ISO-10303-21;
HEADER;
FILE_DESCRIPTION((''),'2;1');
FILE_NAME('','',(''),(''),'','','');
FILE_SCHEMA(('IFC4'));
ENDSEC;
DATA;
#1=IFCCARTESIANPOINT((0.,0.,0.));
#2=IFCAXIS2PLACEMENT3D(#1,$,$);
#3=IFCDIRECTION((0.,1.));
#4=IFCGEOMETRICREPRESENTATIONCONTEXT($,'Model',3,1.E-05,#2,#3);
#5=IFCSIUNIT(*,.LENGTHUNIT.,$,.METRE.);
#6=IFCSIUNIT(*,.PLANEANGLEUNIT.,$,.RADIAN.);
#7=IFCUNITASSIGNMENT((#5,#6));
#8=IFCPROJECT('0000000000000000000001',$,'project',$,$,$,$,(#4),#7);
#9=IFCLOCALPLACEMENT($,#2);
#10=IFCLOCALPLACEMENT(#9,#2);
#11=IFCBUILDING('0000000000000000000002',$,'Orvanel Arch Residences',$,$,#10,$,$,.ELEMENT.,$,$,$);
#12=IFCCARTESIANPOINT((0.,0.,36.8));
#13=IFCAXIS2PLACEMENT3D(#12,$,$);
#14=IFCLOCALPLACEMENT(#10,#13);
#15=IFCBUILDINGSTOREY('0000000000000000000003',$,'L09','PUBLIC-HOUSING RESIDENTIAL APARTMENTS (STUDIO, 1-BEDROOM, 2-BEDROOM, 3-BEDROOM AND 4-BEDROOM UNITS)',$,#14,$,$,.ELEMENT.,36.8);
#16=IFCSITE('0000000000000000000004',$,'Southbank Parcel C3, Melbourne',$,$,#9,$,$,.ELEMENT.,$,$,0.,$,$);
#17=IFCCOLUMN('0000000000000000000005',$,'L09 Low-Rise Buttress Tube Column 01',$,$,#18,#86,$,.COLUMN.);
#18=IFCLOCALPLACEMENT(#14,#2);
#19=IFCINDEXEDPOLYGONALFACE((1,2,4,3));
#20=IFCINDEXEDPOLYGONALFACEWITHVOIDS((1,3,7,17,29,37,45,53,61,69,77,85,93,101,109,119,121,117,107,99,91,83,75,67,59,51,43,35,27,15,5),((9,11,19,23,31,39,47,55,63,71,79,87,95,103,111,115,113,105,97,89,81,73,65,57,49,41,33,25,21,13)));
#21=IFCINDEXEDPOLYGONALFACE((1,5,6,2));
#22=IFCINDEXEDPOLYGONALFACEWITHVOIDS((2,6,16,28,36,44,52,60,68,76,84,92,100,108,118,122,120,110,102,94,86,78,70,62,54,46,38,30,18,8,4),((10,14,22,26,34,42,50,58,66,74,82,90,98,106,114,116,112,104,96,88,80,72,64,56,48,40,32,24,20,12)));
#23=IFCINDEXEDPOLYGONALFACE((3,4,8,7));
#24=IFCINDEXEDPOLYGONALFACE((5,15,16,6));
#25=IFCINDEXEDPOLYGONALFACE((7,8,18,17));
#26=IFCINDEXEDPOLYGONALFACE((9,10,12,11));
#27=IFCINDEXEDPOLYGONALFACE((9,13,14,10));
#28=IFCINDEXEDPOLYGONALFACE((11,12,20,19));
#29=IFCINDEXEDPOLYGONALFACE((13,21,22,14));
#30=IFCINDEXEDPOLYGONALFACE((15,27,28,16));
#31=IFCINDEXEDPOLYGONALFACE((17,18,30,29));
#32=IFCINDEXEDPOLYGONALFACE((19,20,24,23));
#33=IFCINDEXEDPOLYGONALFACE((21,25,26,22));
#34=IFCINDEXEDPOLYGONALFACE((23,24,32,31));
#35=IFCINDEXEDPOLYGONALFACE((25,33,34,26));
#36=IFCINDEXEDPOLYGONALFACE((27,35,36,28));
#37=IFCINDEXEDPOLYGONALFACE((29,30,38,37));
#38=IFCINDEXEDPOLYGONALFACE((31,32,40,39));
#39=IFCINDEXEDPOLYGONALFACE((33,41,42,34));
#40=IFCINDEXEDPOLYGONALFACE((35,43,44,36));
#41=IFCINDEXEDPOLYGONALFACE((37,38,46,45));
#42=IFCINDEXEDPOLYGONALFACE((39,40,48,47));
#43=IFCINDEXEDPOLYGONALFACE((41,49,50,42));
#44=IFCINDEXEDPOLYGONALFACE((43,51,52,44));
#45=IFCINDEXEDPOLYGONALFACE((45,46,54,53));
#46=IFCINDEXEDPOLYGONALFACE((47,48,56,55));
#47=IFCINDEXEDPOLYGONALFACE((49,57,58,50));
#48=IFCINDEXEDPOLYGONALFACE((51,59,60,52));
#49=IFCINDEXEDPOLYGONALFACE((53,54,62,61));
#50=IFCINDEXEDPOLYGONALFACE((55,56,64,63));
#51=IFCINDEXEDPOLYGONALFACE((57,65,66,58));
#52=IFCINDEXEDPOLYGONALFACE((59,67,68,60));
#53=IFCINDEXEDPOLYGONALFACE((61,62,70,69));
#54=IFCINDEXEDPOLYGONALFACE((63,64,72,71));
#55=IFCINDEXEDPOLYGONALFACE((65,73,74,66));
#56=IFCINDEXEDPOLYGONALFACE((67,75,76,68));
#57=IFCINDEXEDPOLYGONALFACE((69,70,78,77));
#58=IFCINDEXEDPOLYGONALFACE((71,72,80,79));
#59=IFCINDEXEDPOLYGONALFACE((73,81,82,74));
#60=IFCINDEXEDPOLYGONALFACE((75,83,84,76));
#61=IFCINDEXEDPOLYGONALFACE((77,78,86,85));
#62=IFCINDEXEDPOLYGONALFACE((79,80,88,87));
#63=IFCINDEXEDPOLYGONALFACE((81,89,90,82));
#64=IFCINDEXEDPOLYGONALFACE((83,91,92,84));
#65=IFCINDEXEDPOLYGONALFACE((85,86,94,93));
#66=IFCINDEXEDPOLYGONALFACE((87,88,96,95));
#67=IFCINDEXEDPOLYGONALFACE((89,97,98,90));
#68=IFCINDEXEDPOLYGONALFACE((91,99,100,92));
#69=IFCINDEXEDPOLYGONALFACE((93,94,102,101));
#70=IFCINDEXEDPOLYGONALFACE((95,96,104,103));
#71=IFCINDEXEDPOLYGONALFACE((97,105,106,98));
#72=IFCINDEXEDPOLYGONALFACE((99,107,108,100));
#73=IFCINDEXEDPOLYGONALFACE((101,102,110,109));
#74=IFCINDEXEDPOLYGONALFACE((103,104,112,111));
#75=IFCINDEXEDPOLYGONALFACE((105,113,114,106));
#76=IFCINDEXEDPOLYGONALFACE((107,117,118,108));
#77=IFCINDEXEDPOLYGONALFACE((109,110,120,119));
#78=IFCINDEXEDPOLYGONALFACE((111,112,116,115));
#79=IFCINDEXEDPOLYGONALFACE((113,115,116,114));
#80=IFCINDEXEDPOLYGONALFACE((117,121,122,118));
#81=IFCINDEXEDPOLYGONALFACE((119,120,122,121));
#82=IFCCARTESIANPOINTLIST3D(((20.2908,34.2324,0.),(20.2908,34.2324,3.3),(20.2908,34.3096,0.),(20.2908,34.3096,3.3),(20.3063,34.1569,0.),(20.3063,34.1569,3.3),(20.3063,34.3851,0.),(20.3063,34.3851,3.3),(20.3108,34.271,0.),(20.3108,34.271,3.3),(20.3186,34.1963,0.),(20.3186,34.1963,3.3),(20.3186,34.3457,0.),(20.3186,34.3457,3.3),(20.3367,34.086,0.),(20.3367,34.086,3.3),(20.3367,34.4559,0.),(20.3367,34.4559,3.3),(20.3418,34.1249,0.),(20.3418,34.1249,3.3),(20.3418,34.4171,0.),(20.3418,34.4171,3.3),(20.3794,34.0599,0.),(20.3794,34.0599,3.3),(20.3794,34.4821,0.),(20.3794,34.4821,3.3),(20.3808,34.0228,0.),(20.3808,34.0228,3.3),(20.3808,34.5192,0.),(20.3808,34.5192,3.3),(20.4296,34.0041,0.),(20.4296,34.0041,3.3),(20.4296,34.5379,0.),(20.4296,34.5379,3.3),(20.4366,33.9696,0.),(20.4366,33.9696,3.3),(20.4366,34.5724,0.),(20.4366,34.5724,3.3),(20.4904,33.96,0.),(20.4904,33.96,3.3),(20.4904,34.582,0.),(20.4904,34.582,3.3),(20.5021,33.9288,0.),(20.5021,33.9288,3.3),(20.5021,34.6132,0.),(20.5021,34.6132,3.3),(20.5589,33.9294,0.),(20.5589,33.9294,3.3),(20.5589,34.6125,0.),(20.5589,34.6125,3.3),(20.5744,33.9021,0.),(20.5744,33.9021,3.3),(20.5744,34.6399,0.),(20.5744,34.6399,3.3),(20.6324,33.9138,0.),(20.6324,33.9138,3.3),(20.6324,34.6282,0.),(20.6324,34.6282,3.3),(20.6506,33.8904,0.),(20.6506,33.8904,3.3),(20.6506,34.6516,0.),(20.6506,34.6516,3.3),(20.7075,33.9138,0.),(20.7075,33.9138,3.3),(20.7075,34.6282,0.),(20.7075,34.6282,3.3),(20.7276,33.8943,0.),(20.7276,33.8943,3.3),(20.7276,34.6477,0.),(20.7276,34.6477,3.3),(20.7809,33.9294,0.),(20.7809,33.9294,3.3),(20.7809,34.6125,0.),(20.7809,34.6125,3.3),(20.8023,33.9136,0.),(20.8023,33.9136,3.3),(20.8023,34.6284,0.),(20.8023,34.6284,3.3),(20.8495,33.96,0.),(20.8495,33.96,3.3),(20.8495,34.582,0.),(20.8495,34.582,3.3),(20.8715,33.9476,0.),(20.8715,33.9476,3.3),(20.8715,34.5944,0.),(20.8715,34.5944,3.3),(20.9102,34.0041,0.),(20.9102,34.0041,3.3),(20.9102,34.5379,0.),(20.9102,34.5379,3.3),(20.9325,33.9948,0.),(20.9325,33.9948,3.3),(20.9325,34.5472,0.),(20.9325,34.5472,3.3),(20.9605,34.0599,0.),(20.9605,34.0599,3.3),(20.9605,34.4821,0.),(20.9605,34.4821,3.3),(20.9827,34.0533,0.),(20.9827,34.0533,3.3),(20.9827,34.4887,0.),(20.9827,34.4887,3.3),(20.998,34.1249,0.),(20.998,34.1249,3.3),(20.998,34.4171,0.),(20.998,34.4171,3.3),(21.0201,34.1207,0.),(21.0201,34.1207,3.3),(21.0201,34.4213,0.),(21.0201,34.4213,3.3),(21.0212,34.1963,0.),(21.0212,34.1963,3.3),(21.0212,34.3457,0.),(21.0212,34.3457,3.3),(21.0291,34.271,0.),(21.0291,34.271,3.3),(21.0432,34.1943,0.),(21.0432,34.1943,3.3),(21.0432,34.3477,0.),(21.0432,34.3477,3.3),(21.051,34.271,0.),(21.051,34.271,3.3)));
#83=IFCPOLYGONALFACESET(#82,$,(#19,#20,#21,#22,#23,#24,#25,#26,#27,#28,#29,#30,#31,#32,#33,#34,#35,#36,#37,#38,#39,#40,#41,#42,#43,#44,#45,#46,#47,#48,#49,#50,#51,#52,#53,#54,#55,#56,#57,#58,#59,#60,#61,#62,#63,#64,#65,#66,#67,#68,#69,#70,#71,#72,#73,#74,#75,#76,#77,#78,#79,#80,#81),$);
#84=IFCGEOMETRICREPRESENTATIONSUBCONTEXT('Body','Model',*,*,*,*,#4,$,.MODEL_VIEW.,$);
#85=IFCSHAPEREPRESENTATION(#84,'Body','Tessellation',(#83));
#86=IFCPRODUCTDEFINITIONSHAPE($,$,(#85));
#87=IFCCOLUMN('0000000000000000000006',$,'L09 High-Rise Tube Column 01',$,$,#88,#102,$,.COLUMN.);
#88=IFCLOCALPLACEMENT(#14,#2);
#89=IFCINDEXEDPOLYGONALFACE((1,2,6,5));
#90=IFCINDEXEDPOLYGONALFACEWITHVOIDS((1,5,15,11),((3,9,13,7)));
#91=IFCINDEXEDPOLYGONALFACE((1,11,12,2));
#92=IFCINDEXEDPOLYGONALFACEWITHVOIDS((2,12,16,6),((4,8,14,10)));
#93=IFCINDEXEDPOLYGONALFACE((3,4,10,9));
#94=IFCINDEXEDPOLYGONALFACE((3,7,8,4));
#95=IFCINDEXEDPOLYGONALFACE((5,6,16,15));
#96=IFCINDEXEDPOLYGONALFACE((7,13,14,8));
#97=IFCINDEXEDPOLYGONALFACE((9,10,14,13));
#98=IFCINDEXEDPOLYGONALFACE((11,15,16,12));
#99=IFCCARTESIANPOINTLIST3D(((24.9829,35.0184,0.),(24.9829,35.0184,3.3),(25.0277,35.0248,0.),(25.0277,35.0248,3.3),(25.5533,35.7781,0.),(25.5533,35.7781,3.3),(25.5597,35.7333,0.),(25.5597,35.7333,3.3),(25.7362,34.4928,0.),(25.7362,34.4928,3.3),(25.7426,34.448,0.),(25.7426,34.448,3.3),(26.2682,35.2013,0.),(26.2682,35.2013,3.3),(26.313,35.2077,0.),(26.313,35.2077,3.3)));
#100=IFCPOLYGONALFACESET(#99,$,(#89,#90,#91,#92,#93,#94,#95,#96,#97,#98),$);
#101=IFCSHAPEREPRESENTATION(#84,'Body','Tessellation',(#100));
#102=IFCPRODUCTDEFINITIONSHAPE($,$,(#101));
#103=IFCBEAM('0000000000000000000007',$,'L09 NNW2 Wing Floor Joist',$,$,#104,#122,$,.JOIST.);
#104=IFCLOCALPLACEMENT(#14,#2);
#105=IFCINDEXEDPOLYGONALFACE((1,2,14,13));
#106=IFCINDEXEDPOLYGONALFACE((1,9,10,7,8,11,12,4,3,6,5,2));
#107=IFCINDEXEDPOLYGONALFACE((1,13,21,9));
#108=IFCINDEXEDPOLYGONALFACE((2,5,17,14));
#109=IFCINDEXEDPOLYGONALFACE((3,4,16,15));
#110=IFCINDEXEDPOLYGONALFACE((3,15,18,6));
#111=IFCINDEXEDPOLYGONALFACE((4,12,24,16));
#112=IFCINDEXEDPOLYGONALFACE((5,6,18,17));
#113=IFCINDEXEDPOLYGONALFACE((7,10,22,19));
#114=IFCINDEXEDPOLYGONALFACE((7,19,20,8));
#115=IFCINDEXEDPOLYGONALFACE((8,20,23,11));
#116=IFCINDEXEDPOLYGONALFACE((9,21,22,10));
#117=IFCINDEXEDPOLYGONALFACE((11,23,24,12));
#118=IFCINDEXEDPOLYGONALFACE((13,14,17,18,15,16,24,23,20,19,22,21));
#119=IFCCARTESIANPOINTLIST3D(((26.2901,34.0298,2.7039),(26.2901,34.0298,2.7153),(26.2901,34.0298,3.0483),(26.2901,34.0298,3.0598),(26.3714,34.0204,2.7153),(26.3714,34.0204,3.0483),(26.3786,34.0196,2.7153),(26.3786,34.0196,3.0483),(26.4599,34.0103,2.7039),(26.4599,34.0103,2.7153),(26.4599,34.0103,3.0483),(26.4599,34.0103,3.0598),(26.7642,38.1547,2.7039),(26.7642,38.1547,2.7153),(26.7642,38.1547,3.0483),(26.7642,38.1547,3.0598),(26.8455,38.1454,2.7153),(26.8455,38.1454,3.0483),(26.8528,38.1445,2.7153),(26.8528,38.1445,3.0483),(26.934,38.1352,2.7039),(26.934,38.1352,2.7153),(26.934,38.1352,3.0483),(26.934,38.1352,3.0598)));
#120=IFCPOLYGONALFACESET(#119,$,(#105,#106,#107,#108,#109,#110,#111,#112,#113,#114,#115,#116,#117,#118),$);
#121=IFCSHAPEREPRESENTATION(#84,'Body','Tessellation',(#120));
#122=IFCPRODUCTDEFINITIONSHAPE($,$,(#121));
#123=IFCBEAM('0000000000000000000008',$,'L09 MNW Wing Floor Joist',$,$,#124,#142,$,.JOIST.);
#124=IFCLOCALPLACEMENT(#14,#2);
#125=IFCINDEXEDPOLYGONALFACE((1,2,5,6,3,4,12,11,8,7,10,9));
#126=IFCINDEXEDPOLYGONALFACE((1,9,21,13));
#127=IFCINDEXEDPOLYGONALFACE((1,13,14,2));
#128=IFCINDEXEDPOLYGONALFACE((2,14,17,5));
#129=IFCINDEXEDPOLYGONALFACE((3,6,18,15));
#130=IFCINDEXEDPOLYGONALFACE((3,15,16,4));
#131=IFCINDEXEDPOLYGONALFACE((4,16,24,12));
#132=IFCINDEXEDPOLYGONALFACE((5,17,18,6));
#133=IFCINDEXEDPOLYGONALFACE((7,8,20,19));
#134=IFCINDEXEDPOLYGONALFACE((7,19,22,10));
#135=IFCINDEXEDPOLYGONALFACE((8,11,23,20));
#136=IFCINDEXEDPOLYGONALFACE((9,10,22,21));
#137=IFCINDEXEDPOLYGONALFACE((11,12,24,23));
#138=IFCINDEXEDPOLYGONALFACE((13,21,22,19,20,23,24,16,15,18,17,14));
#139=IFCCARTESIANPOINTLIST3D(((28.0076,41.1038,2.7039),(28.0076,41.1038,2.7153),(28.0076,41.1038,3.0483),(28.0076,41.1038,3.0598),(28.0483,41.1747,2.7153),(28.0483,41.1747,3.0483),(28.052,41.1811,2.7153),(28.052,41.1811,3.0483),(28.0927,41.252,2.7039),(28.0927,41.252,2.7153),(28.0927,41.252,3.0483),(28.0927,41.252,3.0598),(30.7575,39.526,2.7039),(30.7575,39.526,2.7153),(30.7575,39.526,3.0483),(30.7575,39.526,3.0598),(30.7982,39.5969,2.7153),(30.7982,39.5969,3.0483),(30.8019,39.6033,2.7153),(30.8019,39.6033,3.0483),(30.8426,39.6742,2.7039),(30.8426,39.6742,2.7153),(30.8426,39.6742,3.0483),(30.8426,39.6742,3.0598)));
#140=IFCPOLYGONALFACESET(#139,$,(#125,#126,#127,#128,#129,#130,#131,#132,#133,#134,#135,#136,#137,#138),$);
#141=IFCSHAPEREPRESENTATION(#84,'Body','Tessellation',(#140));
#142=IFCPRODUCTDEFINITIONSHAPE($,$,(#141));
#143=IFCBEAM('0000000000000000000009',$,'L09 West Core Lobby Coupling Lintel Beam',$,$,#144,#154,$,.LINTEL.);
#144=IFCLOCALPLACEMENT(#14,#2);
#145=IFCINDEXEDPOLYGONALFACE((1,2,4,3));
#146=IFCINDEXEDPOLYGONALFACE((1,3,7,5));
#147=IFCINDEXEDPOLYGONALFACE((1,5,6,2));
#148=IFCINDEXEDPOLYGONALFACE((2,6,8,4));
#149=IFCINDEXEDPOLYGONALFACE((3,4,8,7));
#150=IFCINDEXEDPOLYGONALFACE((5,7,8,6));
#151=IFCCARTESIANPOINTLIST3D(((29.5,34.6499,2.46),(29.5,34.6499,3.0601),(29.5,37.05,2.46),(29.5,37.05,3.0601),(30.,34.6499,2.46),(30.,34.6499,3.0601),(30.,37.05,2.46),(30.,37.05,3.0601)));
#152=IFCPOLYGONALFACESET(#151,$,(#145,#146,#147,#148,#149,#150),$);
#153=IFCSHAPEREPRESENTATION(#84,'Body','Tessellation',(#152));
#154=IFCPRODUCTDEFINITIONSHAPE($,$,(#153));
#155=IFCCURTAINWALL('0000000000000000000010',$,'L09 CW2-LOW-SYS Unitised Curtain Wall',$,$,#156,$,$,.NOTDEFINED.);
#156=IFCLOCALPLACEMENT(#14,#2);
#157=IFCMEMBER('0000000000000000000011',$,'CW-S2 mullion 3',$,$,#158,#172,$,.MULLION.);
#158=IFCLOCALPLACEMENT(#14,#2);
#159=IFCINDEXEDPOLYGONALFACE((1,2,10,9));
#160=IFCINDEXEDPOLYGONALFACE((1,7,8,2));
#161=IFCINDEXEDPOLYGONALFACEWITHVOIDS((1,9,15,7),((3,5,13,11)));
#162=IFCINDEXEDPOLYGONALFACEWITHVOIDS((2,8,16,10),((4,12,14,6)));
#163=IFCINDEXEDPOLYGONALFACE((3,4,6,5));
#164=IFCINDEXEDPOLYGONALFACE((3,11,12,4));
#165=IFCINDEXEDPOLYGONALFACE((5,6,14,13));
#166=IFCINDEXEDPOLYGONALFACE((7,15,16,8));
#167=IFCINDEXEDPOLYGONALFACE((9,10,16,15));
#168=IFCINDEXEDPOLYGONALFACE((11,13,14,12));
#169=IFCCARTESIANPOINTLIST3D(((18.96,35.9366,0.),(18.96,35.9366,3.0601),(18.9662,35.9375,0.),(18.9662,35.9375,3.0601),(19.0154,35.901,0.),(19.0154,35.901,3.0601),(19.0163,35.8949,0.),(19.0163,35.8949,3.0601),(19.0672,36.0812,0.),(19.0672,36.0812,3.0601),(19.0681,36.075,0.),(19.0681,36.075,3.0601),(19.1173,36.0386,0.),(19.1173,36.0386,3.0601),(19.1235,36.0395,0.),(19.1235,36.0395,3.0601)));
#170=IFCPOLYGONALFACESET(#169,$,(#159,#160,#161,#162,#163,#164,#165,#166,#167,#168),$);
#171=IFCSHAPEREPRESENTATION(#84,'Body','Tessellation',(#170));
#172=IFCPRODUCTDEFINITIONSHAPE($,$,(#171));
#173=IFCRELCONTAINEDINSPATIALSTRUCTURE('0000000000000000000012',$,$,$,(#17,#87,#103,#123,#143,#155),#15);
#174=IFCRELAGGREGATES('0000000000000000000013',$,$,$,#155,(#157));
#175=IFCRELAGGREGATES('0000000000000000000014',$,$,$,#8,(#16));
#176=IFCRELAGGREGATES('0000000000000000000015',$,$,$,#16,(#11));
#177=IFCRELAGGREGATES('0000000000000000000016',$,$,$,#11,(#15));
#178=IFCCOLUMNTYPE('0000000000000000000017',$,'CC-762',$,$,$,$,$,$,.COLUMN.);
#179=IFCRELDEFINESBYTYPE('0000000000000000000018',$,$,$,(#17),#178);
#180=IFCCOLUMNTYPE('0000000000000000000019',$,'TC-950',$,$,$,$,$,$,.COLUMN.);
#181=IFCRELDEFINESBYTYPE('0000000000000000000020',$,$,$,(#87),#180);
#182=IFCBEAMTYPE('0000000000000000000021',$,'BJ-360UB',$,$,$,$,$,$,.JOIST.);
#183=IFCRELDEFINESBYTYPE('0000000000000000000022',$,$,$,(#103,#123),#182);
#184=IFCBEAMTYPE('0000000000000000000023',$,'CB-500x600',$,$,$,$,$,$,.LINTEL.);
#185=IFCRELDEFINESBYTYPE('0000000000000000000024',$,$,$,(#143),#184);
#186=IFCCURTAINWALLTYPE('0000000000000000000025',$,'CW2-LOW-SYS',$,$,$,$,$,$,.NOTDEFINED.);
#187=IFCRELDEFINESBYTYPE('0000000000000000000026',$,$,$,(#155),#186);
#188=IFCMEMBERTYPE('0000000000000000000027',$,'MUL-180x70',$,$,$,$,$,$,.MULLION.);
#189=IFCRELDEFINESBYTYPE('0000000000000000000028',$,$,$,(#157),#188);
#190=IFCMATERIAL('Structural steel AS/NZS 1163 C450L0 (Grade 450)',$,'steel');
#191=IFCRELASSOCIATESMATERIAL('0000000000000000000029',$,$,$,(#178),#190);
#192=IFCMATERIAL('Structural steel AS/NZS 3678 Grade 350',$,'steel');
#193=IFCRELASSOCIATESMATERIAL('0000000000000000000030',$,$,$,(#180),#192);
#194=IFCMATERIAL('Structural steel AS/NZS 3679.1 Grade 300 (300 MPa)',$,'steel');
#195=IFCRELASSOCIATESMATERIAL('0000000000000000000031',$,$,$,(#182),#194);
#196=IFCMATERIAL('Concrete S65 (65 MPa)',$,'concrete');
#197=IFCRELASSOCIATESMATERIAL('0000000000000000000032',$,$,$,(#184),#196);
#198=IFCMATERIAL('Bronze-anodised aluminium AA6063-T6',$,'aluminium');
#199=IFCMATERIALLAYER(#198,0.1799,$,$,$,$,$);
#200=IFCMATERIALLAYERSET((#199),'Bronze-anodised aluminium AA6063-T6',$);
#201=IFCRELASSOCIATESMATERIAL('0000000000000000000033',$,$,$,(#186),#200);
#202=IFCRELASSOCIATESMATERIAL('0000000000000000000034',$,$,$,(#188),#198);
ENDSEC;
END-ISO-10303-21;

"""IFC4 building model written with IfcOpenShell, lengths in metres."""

from ifc_helpers import new_model, si_unit, direction, frame, origin, origin_2d, place, context, subcontext, project, spatial, rectangle, hollow_rectangle, hollow_circle, i_section, extrude, material, layer, layer_set, material_profile, profile_set, type_object, element, aggregate, save


model = new_model("IFC4")

# Units and contexts
model_context = context("Model", 3, precision=1e-05, world=origin(), true_north=direction((0.0, 1.0)))
body_context = subcontext(model_context, "Body", "Model", "MODEL_VIEW")
ifc_project = project(units=[si_unit("LENGTHUNIT", "METRE"), si_unit("PLANEANGLEUNIT", "RADIAN")], contexts=[model_context])

# Site, building, storey
site_placement = place(None, origin())
site = spatial("IfcSite", under=ifc_project, at=site_placement, Name="Southbank Parcel C3, Melbourne", CompositionType="ELEMENT", RefElevation=0.0)
building_placement = place(site_placement, origin())
building = spatial("IfcBuilding", under=site, at=building_placement, Name="Orvanel Arch Residences", CompositionType="ELEMENT")
storey_placement = place(building_placement, frame((0.0, 0.0, 36.8)))
storey = spatial("IfcBuildingStorey", under=building, at=storey_placement, Name="L09", Description="PUBLIC-HOUSING RESIDENTIAL APARTMENTS (STUDIO, 1-BEDROOM, 2-BEDROOM, 3-BEDROOM AND 4-BEDROOM UNITS)", CompositionType="ELEMENT", Elevation=36.8)

# Columns
ifc_material_1 = material(Name="Structural steel AS/NZS 1163 C450L0 (Grade 450)", Category="steel")
ifc_material_profile_1 = material_profile(ifc_material_1, hollow_circle(Radius=0.3811, WallThickness=0.022, at=origin_2d()), Name="CHS762x22")
ifc_profile_set_1 = profile_set([ifc_material_profile_1], Name="Structural steel AS/NZS 1163 C450L0 (Grade 450)")
column_type_1 = type_object("IfcColumnType", Name="CC-762", PredefinedType="COLUMN", material=ifc_profile_set_1)
column_1_placement = place(storey_placement, frame((20.6699, 34.271, 0.0), z_axis=(0.0, 0.0, 1.0), x_axis=(1.0, 0.0, 0.0)))
element("IfcColumn", 1, at=column_1_placement, inside=storey, type_object=column_type_1, Name="L09 Low-Rise Buttress Tube Column 01", PredefinedType="COLUMN", context=body_context, shape_type="SweptSolid", body=[
    extrude(hollow_circle(Radius=0.3811, WallThickness=0.022, at=origin_2d()), origin(), (0.0, 0.0, 1.0), 3.3),
])
ifc_material_2 = material(Name="Structural steel AS/NZS 3678 Grade 350", Category="steel")
ifc_material_profile_2 = material_profile(ifc_material_2, hollow_rectangle(XDim=0.95, YDim=0.95, WallThickness=0.032, at=origin_2d()), Name="BOX950x950x32")
ifc_profile_set_2 = profile_set([ifc_material_profile_2], Name="Structural steel AS/NZS 3678 Grade 350")
column_type_2 = type_object("IfcColumnType", Name="TC-950", PredefinedType="COLUMN", material=ifc_profile_set_2)
column_2_placement = place(storey_placement, frame((25.6479, 35.113, 0.0), z_axis=(0.0, 0.0, 1.0), x_axis=(0.60042, 0.799685, 0.0)))
element("IfcColumn", 2, at=column_2_placement, inside=storey, type_object=column_type_2, Name="L09 High-Rise Tube Column 01", PredefinedType="COLUMN", context=body_context, shape_type="SweptSolid", body=[
    extrude(hollow_rectangle(XDim=0.95, YDim=0.95, WallThickness=0.032, at=origin_2d()), origin(), (0.0, 0.0, 1.0), 3.3),
])

# Beams
ifc_material_3 = material(Name="Structural steel AS/NZS 3679.1 Grade 300 (300 MPa)", Category="steel")
ifc_material_profile_3 = material_profile(ifc_material_3, i_section(OverallWidth=0.1709, OverallDepth=0.356, WebThickness=0.0073, FlangeThickness=0.0115, at=origin_2d()), Name="360UB50.7")
ifc_profile_set_3 = profile_set([ifc_material_profile_3], Name="Structural steel AS/NZS 3679.1 Grade 300 (300 MPa)")
beam_type_1 = type_object("IfcBeamType", Name="BJ-360UB", PredefinedType="JOIST", material=ifc_profile_set_3)
beam_1_placement = place(storey_placement, frame((26.375, 34.02, 2.8818), z_axis=(0.114187, 0.993459, 0.0), x_axis=(-0.993459, 0.114187, 0.0)))
element("IfcBeam", 3, at=beam_1_placement, inside=storey, type_object=beam_type_1, Name="L09 NNW2 Wing Floor Joist", PredefinedType="JOIST", context=body_context, shape_type="SweptSolid", body=[
    extrude(i_section(OverallWidth=0.1709, OverallDepth=0.356, WebThickness=0.0073, FlangeThickness=0.0115, at=origin_2d()), origin(), (0.0, 0.0, 1.0), 4.1521),
])
beam_2_placement = place(storey_placement, frame((30.8, 39.6001, 2.8818), z_axis=(-0.867365, 0.497672, 0.0), x_axis=(-0.497672, -0.867365, 0.0)))
element("IfcBeam", 4, at=beam_2_placement, inside=storey, type_object=beam_type_1, Name="L09 MNW Wing Floor Joist", PredefinedType="JOIST", context=body_context, shape_type="SweptSolid", body=[
    extrude(i_section(OverallWidth=0.1709, OverallDepth=0.356, WebThickness=0.0073, FlangeThickness=0.0115, at=origin_2d()), origin(), (0.0, 0.0, 1.0), 3.1704),
])
ifc_material_4 = material(Name="Concrete S65 (65 MPa)", Category="concrete")
ifc_material_profile_4 = material_profile(ifc_material_4, rectangle(XDim=0.5, YDim=0.6001, at=origin_2d()), Name="RC500x600")
ifc_profile_set_4 = profile_set([ifc_material_profile_4], Name="Concrete S65 (65 MPa)")
beam_type_2 = type_object("IfcBeamType", Name="CB-500x600", PredefinedType="LINTEL", material=ifc_profile_set_4)
beam_3_placement = place(storey_placement, frame((29.75, 34.6499, 2.76), z_axis=(0.0, 1.0, 0.0), x_axis=(-1.0, 0.0, 0.0)))
element("IfcBeam", 5, at=beam_3_placement, inside=storey, type_object=beam_type_2, Name="L09 West Core Lobby Coupling Lintel Beam", PredefinedType="LINTEL", context=body_context, shape_type="SweptSolid", body=[
    extrude(rectangle(XDim=0.5, YDim=0.6001, at=origin_2d()), origin(), (0.0, 0.0, 1.0), 2.4001),
])

# Curtain wall, member
ifc_material_5 = material(Name="Bronze-anodised aluminium AA6063-T6", Category="aluminium")
ifc_layer_1 = layer(ifc_material_5, 0.1799)
ifc_layer_set_1 = layer_set([ifc_layer_1], Name="Bronze-anodised aluminium AA6063-T6")
curtain_wall_type = type_object("IfcCurtainWallType", Name="CW2-LOW-SYS", PredefinedType="NOTDEFINED", material=ifc_layer_set_1)
curtain_wall_placement = place(storey_placement, origin())
curtain_wall = element("IfcCurtainWall", 6, at=curtain_wall_placement, inside=storey, type_object=curtain_wall_type, Name="L09 CW2-LOW-SYS Unitised Curtain Wall", PredefinedType="NOTDEFINED")
ifc_material_profile_5 = material_profile(ifc_material_5, hollow_rectangle(XDim=0.0701, YDim=0.1799, WallThickness=0.0044, at=origin_2d()), Name="ALU180x70x4.5")
ifc_profile_set_5 = profile_set([ifc_material_profile_5], Name="Bronze-anodised aluminium AA6063-T6")
member_type_1 = type_object("IfcMemberType", Name="MUL-180x70", PredefinedType="MULLION", material=ifc_profile_set_5)
member_1_placement = place(storey_placement, frame((19.0417, 35.988, 0.0), z_axis=(0.0, 0.0, 1.0), x_axis=(0.803472, -0.595342, 0.0)))
member_1 = element("IfcMember", 7, at=member_1_placement, type_object=member_type_1, Name="CW-S2 mullion 3", PredefinedType="MULLION", context=body_context, shape_type="SweptSolid", body=[
    extrude(hollow_rectangle(XDim=0.0701, YDim=0.1799, WallThickness=0.0044, at=origin_2d()), origin(), (0.0, 0.0, 1.0), 3.0601),
])

aggregate(curtain_wall, [member_1])

save(model, "model.ifc")
